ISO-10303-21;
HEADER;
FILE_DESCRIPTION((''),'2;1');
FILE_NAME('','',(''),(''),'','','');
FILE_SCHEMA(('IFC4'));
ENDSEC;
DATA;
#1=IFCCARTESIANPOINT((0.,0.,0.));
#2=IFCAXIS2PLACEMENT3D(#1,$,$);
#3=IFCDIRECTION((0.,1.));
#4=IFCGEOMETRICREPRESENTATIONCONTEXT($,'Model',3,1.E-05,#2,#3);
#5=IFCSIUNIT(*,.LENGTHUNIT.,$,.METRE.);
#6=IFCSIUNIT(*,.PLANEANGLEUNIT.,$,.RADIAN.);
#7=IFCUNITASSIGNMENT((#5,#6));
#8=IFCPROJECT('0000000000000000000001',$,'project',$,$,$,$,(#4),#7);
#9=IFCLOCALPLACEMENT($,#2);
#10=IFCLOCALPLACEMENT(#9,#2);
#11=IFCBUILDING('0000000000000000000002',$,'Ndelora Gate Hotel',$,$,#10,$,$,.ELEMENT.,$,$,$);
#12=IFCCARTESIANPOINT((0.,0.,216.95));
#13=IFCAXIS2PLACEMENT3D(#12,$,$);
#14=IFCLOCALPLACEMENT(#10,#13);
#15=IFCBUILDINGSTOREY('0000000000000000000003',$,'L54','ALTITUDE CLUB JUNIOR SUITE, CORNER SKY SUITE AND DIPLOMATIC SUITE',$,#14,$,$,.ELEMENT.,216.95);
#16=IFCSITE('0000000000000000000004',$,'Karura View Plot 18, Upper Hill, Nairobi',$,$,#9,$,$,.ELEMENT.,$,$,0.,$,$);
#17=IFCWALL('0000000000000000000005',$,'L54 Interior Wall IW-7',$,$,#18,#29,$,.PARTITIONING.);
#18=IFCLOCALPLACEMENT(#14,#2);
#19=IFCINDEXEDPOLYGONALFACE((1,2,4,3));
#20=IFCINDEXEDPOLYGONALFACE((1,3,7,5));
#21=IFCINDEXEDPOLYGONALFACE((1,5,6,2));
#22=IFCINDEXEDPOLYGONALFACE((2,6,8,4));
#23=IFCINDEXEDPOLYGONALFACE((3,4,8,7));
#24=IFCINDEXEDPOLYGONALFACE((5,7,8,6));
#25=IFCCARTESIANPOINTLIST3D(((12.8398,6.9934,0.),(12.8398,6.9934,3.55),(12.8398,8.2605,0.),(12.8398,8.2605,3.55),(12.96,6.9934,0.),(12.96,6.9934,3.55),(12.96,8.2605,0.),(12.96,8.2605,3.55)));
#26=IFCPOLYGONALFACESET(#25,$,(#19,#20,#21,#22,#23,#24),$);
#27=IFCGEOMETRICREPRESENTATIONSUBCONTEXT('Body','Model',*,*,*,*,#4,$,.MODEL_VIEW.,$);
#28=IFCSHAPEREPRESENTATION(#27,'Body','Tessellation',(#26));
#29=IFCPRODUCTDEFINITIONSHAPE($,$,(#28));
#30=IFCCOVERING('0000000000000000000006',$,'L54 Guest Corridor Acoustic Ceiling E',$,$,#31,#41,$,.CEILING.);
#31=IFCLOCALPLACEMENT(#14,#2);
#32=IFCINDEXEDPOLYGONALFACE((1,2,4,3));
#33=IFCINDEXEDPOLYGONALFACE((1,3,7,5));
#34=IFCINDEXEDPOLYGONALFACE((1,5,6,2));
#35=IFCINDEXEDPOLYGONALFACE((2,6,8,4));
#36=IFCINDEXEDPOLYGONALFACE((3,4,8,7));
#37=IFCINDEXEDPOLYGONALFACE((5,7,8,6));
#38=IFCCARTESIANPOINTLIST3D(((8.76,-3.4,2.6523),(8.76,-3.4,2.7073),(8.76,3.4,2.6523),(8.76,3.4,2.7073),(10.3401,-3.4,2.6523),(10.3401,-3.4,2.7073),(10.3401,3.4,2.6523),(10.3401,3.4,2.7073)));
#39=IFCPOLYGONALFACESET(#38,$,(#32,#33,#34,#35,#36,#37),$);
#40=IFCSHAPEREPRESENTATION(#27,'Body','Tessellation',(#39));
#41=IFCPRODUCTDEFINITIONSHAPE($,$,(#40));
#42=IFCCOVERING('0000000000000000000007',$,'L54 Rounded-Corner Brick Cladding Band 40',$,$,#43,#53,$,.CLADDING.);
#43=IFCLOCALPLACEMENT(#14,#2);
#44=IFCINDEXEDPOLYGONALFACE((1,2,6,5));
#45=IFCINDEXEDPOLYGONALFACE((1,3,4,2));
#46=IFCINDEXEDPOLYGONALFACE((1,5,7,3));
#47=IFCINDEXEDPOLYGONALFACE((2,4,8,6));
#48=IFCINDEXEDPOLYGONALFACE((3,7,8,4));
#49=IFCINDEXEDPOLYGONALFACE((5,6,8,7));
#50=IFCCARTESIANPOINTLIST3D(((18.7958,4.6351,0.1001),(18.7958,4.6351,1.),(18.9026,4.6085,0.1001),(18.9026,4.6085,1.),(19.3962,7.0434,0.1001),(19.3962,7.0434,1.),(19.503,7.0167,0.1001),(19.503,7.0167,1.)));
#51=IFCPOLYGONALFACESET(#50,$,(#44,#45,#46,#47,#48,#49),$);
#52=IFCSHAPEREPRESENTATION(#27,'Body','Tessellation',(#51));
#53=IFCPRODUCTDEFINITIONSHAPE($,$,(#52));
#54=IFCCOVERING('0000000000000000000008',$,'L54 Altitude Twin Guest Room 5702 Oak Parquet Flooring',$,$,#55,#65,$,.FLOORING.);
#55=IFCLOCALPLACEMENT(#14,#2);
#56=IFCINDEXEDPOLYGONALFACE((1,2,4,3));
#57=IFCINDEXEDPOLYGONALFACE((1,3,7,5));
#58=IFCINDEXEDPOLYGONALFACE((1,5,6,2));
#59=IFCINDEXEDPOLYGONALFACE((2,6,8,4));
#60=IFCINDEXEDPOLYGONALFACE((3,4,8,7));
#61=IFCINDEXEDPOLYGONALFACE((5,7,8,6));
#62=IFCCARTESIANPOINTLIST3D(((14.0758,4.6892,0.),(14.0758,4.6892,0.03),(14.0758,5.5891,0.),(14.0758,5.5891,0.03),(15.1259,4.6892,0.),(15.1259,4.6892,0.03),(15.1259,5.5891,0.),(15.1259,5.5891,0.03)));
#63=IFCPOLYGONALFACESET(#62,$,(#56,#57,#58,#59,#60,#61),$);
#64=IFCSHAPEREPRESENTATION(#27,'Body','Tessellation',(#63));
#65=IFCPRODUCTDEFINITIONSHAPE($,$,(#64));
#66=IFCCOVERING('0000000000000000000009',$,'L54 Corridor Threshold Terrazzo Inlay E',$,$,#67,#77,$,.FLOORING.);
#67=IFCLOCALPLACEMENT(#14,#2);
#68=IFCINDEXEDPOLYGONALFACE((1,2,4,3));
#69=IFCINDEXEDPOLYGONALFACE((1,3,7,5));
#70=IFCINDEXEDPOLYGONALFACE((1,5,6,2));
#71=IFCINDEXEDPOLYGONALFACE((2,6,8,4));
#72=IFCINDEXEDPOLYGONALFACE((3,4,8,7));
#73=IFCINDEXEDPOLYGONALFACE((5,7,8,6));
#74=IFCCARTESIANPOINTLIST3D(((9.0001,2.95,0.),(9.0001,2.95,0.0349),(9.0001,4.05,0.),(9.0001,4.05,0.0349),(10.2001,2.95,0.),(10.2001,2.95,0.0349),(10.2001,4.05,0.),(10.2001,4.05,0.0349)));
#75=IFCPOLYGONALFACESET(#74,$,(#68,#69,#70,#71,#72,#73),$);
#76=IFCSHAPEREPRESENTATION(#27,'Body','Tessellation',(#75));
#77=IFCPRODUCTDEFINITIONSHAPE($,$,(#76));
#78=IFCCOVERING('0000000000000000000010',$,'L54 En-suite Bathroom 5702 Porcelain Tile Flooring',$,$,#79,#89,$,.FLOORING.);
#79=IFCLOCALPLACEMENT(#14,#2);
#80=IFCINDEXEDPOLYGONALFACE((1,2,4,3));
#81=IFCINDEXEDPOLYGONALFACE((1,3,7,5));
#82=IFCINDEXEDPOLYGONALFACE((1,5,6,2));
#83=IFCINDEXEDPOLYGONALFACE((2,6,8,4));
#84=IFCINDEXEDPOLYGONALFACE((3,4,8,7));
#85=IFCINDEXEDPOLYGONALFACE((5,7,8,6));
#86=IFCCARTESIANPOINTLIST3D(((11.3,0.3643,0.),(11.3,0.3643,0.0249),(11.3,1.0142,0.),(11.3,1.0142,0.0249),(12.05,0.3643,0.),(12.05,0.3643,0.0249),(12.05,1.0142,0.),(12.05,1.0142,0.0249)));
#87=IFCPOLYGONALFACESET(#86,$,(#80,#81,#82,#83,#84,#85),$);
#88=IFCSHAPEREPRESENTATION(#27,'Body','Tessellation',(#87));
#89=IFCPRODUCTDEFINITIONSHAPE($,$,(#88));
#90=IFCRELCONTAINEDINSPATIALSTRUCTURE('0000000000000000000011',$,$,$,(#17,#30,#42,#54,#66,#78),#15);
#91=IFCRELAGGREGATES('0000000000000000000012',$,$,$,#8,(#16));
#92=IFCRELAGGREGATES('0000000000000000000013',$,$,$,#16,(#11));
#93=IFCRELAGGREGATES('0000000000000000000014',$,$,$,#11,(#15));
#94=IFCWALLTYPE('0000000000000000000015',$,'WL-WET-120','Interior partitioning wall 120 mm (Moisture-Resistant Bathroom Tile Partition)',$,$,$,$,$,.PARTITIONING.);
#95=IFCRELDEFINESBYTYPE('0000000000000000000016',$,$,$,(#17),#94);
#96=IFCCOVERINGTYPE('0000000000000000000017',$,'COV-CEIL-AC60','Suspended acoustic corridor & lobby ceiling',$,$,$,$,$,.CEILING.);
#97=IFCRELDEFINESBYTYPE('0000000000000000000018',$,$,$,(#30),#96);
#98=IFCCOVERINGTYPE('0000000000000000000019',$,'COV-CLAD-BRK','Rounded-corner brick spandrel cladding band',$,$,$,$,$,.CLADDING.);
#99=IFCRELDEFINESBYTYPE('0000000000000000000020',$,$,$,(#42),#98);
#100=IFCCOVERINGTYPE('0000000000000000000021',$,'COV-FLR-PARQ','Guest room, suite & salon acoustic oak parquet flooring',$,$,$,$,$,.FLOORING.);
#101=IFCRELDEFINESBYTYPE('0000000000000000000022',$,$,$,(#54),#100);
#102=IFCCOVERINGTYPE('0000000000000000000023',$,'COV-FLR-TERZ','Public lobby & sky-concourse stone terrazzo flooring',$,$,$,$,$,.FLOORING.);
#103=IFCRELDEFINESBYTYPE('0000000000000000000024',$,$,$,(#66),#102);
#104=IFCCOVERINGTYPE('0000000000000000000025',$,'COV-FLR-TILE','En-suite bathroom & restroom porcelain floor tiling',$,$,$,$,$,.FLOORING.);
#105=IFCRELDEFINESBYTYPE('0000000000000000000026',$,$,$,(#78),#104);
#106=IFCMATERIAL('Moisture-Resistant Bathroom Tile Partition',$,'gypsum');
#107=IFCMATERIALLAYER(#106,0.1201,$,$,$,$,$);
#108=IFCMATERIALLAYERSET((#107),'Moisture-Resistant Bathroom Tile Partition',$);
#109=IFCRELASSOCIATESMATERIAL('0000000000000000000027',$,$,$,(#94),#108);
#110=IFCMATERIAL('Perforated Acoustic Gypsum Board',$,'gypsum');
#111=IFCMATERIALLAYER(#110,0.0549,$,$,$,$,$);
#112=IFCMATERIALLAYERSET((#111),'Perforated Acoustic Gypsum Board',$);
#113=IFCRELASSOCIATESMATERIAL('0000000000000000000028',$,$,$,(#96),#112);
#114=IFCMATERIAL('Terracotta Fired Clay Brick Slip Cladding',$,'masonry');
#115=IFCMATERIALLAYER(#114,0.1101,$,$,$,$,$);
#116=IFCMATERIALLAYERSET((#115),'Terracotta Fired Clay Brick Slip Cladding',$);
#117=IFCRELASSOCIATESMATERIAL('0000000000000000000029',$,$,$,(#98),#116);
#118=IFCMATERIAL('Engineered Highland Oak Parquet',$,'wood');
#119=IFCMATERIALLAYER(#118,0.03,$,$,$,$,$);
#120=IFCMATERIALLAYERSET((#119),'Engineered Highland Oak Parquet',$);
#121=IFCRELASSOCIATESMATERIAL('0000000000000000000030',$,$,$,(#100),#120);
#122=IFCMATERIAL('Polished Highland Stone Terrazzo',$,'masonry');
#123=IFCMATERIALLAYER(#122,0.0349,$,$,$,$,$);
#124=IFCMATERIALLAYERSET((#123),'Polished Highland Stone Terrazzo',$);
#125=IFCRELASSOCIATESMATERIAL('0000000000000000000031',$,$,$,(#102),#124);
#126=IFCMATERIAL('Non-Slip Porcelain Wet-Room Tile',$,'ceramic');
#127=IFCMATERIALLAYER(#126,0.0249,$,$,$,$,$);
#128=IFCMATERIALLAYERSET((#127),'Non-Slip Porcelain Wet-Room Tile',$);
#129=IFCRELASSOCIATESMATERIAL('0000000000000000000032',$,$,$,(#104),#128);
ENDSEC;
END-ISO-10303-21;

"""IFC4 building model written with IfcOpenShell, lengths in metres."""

from ifc_helpers import new_model, si_unit, direction, frame, frame_2d, origin, origin_2d, place, context, subcontext, project, spatial, rectangle, extrude, material, layer, layer_set, type_object, element, save


model = new_model("IFC4")

# Units and contexts
model_context = context("Model", 3, precision=1e-05, world=origin(), true_north=direction((0.0, 1.0)))
body_context = subcontext(model_context, "Body", "Model", "MODEL_VIEW")
ifc_project = project(units=[si_unit("LENGTHUNIT", "METRE"), si_unit("PLANEANGLEUNIT", "RADIAN")], contexts=[model_context])

# Site, building, storey
site_placement = place(None, origin())
site = spatial("IfcSite", under=ifc_project, at=site_placement, Name="Karura View Plot 18, Upper Hill, Nairobi", CompositionType="ELEMENT", RefElevation=0.0)
building_placement = place(site_placement, origin())
building = spatial("IfcBuilding", under=site, at=building_placement, Name="Ndelora Gate Hotel", CompositionType="ELEMENT")
storey_placement = place(building_placement, frame((0.0, 0.0, 216.95)))
storey = spatial("IfcBuildingStorey", under=building, at=storey_placement, Name="L54", Description="ALTITUDE CLUB JUNIOR SUITE, CORNER SKY SUITE AND DIPLOMATIC SUITE", CompositionType="ELEMENT", Elevation=216.95)

# Shared definitions
ifc_material_1 = material(Name="Moisture-Resistant Bathroom Tile Partition", Category="gypsum")
ifc_layer_1 = layer(ifc_material_1, 0.1201)
ifc_layer_set_1 = layer_set([ifc_layer_1], Name="Moisture-Resistant Bathroom Tile Partition")
wall_type_1 = type_object("IfcWallType", Name="WL-WET-120", Description="Interior partitioning wall 120 mm (Moisture-Resistant Bathroom Tile Partition)", PredefinedType="PARTITIONING", material=ifc_layer_set_1)

# Wall
wall_1_placement = place(storey_placement, frame((12.8999, 6.9934, 0.0), z_axis=(0.0, 0.0, 1.0), x_axis=(0.0, 1.0, 0.0)))
element("IfcWall", 1, at=wall_1_placement, inside=storey, type_object=wall_type_1, Name="L54 Interior Wall IW-7", PredefinedType="PARTITIONING", context=body_context, shape_type="SweptSolid", body=[
    extrude(rectangle(XDim=1.2671, YDim=0.1201, at=frame_2d((0.6335, 0.0))), origin(), (0.0, 0.0, 1.0), 3.55),
])

# Coverings
ifc_material_2 = material(Name="Perforated Acoustic Gypsum Board", Category="gypsum")
ifc_layer_2 = layer(ifc_material_2, 0.0549)
ifc_layer_set_2 = layer_set([ifc_layer_2], Name="Perforated Acoustic Gypsum Board")
covering_type_1 = type_object("IfcCoveringType", Name="COV-CEIL-AC60", Description="Suspended acoustic corridor & lobby ceiling", PredefinedType="CEILING", material=ifc_layer_set_2)
covering_1_placement = place(storey_placement, frame((9.55, 0.0, 2.6523), z_axis=(0.0, 0.0, 1.0), x_axis=(1.0, 0.0, 0.0)))
element("IfcCovering", 2, at=covering_1_placement, inside=storey, type_object=covering_type_1, Name="L54 Guest Corridor Acoustic Ceiling E", PredefinedType="CEILING", context=body_context, shape_type="SweptSolid", body=[
    extrude(rectangle(XDim=1.5801, YDim=6.8, at=origin_2d()), origin(), (0.0, 0.0, 1.0), 0.0549),
])
ifc_material_3 = material(Name="Terracotta Fired Clay Brick Slip Cladding", Category="masonry")
ifc_layer_3 = layer(ifc_material_3, 0.1101)
ifc_layer_set_3 = layer_set([ifc_layer_3], Name="Terracotta Fired Clay Brick Slip Cladding")
covering_type_2 = type_object("IfcCoveringType", Name="COV-CLAD-BRK", Description="Rounded-corner brick spandrel cladding band", PredefinedType="CLADDING", material=ifc_layer_set_3)
covering_2_placement = place(storey_placement, frame((19.1494, 5.8259, 0.1001), z_axis=(0.0, 0.0, 1.0), x_axis=(0.241922, 0.970296, 0.0)))
element("IfcCovering", 3, at=covering_2_placement, inside=storey, type_object=covering_type_2, Name="L54 Rounded-Corner Brick Cladding Band 40", PredefinedType="CLADDING", context=body_context, shape_type="SweptSolid", body=[
    extrude(rectangle(XDim=2.4819, YDim=0.1101, at=origin_2d()), origin(), (0.0, 0.0, 1.0), 0.8999),
])
ifc_material_4 = material(Name="Engineered Highland Oak Parquet", Category="wood")
ifc_layer_4 = layer(ifc_material_4, 0.03)
ifc_layer_set_4 = layer_set([ifc_layer_4], Name="Engineered Highland Oak Parquet")
covering_type_3 = type_object("IfcCoveringType", Name="COV-FLR-PARQ", Description="Guest room, suite & salon acoustic oak parquet flooring", PredefinedType="FLOORING", material=ifc_layer_set_4)
covering_3_placement = place(storey_placement, frame((14.6008, 5.1392, 0.0), z_axis=(0.0, 0.0, 1.0), x_axis=(1.0, 0.0, 0.0)))
element("IfcCovering", 4, at=covering_3_placement, inside=storey, type_object=covering_type_3, Name="L54 Altitude Twin Guest Room 5702 Oak Parquet Flooring", PredefinedType="FLOORING", context=body_context, shape_type="SweptSolid", body=[
    extrude(rectangle(XDim=1.05, YDim=0.8999, at=origin_2d()), origin(), (0.0, 0.0, 1.0), 0.03),
])
ifc_material_5 = material(Name="Polished Highland Stone Terrazzo", Category="masonry")
ifc_layer_5 = layer(ifc_material_5, 0.0349)
ifc_layer_set_5 = layer_set([ifc_layer_5], Name="Polished Highland Stone Terrazzo")
covering_type_4 = type_object("IfcCoveringType", Name="COV-FLR-TERZ", Description="Public lobby & sky-concourse stone terrazzo flooring", PredefinedType="FLOORING", material=ifc_layer_set_5)
covering_4_placement = place(storey_placement, frame((9.6001, 3.5, 0.0), z_axis=(0.0, 0.0, 1.0), x_axis=(1.0, 0.0, 0.0)))
element("IfcCovering", 5, at=covering_4_placement, inside=storey, type_object=covering_type_4, Name="L54 Corridor Threshold Terrazzo Inlay E", PredefinedType="FLOORING", context=body_context, shape_type="SweptSolid", body=[
    extrude(rectangle(XDim=1.2, YDim=1.1001, at=origin_2d()), origin(), (0.0, 0.0, 1.0), 0.0349),
])
ifc_material_6 = material(Name="Non-Slip Porcelain Wet-Room Tile", Category="ceramic")
ifc_layer_6 = layer(ifc_material_6, 0.0249)
ifc_layer_set_6 = layer_set([ifc_layer_6], Name="Non-Slip Porcelain Wet-Room Tile")
covering_type_5 = type_object("IfcCoveringType", Name="COV-FLR-TILE", Description="En-suite bathroom & restroom porcelain floor tiling", PredefinedType="FLOORING", material=ifc_layer_set_6)
covering_5_placement = place(storey_placement, frame((11.675, 0.6892, 0.0), z_axis=(0.0, 0.0, 1.0), x_axis=(1.0, 0.0, 0.0)))
element("IfcCovering", 6, at=covering_5_placement, inside=storey, type_object=covering_type_5, Name="L54 En-suite Bathroom 5702 Porcelain Tile Flooring", PredefinedType="FLOORING", context=body_context, shape_type="SweptSolid", body=[
    extrude(rectangle(XDim=0.75, YDim=0.6499, at=origin_2d()), origin(), (0.0, 0.0, 1.0), 0.0249),
])

save(model, "model.ifc")
